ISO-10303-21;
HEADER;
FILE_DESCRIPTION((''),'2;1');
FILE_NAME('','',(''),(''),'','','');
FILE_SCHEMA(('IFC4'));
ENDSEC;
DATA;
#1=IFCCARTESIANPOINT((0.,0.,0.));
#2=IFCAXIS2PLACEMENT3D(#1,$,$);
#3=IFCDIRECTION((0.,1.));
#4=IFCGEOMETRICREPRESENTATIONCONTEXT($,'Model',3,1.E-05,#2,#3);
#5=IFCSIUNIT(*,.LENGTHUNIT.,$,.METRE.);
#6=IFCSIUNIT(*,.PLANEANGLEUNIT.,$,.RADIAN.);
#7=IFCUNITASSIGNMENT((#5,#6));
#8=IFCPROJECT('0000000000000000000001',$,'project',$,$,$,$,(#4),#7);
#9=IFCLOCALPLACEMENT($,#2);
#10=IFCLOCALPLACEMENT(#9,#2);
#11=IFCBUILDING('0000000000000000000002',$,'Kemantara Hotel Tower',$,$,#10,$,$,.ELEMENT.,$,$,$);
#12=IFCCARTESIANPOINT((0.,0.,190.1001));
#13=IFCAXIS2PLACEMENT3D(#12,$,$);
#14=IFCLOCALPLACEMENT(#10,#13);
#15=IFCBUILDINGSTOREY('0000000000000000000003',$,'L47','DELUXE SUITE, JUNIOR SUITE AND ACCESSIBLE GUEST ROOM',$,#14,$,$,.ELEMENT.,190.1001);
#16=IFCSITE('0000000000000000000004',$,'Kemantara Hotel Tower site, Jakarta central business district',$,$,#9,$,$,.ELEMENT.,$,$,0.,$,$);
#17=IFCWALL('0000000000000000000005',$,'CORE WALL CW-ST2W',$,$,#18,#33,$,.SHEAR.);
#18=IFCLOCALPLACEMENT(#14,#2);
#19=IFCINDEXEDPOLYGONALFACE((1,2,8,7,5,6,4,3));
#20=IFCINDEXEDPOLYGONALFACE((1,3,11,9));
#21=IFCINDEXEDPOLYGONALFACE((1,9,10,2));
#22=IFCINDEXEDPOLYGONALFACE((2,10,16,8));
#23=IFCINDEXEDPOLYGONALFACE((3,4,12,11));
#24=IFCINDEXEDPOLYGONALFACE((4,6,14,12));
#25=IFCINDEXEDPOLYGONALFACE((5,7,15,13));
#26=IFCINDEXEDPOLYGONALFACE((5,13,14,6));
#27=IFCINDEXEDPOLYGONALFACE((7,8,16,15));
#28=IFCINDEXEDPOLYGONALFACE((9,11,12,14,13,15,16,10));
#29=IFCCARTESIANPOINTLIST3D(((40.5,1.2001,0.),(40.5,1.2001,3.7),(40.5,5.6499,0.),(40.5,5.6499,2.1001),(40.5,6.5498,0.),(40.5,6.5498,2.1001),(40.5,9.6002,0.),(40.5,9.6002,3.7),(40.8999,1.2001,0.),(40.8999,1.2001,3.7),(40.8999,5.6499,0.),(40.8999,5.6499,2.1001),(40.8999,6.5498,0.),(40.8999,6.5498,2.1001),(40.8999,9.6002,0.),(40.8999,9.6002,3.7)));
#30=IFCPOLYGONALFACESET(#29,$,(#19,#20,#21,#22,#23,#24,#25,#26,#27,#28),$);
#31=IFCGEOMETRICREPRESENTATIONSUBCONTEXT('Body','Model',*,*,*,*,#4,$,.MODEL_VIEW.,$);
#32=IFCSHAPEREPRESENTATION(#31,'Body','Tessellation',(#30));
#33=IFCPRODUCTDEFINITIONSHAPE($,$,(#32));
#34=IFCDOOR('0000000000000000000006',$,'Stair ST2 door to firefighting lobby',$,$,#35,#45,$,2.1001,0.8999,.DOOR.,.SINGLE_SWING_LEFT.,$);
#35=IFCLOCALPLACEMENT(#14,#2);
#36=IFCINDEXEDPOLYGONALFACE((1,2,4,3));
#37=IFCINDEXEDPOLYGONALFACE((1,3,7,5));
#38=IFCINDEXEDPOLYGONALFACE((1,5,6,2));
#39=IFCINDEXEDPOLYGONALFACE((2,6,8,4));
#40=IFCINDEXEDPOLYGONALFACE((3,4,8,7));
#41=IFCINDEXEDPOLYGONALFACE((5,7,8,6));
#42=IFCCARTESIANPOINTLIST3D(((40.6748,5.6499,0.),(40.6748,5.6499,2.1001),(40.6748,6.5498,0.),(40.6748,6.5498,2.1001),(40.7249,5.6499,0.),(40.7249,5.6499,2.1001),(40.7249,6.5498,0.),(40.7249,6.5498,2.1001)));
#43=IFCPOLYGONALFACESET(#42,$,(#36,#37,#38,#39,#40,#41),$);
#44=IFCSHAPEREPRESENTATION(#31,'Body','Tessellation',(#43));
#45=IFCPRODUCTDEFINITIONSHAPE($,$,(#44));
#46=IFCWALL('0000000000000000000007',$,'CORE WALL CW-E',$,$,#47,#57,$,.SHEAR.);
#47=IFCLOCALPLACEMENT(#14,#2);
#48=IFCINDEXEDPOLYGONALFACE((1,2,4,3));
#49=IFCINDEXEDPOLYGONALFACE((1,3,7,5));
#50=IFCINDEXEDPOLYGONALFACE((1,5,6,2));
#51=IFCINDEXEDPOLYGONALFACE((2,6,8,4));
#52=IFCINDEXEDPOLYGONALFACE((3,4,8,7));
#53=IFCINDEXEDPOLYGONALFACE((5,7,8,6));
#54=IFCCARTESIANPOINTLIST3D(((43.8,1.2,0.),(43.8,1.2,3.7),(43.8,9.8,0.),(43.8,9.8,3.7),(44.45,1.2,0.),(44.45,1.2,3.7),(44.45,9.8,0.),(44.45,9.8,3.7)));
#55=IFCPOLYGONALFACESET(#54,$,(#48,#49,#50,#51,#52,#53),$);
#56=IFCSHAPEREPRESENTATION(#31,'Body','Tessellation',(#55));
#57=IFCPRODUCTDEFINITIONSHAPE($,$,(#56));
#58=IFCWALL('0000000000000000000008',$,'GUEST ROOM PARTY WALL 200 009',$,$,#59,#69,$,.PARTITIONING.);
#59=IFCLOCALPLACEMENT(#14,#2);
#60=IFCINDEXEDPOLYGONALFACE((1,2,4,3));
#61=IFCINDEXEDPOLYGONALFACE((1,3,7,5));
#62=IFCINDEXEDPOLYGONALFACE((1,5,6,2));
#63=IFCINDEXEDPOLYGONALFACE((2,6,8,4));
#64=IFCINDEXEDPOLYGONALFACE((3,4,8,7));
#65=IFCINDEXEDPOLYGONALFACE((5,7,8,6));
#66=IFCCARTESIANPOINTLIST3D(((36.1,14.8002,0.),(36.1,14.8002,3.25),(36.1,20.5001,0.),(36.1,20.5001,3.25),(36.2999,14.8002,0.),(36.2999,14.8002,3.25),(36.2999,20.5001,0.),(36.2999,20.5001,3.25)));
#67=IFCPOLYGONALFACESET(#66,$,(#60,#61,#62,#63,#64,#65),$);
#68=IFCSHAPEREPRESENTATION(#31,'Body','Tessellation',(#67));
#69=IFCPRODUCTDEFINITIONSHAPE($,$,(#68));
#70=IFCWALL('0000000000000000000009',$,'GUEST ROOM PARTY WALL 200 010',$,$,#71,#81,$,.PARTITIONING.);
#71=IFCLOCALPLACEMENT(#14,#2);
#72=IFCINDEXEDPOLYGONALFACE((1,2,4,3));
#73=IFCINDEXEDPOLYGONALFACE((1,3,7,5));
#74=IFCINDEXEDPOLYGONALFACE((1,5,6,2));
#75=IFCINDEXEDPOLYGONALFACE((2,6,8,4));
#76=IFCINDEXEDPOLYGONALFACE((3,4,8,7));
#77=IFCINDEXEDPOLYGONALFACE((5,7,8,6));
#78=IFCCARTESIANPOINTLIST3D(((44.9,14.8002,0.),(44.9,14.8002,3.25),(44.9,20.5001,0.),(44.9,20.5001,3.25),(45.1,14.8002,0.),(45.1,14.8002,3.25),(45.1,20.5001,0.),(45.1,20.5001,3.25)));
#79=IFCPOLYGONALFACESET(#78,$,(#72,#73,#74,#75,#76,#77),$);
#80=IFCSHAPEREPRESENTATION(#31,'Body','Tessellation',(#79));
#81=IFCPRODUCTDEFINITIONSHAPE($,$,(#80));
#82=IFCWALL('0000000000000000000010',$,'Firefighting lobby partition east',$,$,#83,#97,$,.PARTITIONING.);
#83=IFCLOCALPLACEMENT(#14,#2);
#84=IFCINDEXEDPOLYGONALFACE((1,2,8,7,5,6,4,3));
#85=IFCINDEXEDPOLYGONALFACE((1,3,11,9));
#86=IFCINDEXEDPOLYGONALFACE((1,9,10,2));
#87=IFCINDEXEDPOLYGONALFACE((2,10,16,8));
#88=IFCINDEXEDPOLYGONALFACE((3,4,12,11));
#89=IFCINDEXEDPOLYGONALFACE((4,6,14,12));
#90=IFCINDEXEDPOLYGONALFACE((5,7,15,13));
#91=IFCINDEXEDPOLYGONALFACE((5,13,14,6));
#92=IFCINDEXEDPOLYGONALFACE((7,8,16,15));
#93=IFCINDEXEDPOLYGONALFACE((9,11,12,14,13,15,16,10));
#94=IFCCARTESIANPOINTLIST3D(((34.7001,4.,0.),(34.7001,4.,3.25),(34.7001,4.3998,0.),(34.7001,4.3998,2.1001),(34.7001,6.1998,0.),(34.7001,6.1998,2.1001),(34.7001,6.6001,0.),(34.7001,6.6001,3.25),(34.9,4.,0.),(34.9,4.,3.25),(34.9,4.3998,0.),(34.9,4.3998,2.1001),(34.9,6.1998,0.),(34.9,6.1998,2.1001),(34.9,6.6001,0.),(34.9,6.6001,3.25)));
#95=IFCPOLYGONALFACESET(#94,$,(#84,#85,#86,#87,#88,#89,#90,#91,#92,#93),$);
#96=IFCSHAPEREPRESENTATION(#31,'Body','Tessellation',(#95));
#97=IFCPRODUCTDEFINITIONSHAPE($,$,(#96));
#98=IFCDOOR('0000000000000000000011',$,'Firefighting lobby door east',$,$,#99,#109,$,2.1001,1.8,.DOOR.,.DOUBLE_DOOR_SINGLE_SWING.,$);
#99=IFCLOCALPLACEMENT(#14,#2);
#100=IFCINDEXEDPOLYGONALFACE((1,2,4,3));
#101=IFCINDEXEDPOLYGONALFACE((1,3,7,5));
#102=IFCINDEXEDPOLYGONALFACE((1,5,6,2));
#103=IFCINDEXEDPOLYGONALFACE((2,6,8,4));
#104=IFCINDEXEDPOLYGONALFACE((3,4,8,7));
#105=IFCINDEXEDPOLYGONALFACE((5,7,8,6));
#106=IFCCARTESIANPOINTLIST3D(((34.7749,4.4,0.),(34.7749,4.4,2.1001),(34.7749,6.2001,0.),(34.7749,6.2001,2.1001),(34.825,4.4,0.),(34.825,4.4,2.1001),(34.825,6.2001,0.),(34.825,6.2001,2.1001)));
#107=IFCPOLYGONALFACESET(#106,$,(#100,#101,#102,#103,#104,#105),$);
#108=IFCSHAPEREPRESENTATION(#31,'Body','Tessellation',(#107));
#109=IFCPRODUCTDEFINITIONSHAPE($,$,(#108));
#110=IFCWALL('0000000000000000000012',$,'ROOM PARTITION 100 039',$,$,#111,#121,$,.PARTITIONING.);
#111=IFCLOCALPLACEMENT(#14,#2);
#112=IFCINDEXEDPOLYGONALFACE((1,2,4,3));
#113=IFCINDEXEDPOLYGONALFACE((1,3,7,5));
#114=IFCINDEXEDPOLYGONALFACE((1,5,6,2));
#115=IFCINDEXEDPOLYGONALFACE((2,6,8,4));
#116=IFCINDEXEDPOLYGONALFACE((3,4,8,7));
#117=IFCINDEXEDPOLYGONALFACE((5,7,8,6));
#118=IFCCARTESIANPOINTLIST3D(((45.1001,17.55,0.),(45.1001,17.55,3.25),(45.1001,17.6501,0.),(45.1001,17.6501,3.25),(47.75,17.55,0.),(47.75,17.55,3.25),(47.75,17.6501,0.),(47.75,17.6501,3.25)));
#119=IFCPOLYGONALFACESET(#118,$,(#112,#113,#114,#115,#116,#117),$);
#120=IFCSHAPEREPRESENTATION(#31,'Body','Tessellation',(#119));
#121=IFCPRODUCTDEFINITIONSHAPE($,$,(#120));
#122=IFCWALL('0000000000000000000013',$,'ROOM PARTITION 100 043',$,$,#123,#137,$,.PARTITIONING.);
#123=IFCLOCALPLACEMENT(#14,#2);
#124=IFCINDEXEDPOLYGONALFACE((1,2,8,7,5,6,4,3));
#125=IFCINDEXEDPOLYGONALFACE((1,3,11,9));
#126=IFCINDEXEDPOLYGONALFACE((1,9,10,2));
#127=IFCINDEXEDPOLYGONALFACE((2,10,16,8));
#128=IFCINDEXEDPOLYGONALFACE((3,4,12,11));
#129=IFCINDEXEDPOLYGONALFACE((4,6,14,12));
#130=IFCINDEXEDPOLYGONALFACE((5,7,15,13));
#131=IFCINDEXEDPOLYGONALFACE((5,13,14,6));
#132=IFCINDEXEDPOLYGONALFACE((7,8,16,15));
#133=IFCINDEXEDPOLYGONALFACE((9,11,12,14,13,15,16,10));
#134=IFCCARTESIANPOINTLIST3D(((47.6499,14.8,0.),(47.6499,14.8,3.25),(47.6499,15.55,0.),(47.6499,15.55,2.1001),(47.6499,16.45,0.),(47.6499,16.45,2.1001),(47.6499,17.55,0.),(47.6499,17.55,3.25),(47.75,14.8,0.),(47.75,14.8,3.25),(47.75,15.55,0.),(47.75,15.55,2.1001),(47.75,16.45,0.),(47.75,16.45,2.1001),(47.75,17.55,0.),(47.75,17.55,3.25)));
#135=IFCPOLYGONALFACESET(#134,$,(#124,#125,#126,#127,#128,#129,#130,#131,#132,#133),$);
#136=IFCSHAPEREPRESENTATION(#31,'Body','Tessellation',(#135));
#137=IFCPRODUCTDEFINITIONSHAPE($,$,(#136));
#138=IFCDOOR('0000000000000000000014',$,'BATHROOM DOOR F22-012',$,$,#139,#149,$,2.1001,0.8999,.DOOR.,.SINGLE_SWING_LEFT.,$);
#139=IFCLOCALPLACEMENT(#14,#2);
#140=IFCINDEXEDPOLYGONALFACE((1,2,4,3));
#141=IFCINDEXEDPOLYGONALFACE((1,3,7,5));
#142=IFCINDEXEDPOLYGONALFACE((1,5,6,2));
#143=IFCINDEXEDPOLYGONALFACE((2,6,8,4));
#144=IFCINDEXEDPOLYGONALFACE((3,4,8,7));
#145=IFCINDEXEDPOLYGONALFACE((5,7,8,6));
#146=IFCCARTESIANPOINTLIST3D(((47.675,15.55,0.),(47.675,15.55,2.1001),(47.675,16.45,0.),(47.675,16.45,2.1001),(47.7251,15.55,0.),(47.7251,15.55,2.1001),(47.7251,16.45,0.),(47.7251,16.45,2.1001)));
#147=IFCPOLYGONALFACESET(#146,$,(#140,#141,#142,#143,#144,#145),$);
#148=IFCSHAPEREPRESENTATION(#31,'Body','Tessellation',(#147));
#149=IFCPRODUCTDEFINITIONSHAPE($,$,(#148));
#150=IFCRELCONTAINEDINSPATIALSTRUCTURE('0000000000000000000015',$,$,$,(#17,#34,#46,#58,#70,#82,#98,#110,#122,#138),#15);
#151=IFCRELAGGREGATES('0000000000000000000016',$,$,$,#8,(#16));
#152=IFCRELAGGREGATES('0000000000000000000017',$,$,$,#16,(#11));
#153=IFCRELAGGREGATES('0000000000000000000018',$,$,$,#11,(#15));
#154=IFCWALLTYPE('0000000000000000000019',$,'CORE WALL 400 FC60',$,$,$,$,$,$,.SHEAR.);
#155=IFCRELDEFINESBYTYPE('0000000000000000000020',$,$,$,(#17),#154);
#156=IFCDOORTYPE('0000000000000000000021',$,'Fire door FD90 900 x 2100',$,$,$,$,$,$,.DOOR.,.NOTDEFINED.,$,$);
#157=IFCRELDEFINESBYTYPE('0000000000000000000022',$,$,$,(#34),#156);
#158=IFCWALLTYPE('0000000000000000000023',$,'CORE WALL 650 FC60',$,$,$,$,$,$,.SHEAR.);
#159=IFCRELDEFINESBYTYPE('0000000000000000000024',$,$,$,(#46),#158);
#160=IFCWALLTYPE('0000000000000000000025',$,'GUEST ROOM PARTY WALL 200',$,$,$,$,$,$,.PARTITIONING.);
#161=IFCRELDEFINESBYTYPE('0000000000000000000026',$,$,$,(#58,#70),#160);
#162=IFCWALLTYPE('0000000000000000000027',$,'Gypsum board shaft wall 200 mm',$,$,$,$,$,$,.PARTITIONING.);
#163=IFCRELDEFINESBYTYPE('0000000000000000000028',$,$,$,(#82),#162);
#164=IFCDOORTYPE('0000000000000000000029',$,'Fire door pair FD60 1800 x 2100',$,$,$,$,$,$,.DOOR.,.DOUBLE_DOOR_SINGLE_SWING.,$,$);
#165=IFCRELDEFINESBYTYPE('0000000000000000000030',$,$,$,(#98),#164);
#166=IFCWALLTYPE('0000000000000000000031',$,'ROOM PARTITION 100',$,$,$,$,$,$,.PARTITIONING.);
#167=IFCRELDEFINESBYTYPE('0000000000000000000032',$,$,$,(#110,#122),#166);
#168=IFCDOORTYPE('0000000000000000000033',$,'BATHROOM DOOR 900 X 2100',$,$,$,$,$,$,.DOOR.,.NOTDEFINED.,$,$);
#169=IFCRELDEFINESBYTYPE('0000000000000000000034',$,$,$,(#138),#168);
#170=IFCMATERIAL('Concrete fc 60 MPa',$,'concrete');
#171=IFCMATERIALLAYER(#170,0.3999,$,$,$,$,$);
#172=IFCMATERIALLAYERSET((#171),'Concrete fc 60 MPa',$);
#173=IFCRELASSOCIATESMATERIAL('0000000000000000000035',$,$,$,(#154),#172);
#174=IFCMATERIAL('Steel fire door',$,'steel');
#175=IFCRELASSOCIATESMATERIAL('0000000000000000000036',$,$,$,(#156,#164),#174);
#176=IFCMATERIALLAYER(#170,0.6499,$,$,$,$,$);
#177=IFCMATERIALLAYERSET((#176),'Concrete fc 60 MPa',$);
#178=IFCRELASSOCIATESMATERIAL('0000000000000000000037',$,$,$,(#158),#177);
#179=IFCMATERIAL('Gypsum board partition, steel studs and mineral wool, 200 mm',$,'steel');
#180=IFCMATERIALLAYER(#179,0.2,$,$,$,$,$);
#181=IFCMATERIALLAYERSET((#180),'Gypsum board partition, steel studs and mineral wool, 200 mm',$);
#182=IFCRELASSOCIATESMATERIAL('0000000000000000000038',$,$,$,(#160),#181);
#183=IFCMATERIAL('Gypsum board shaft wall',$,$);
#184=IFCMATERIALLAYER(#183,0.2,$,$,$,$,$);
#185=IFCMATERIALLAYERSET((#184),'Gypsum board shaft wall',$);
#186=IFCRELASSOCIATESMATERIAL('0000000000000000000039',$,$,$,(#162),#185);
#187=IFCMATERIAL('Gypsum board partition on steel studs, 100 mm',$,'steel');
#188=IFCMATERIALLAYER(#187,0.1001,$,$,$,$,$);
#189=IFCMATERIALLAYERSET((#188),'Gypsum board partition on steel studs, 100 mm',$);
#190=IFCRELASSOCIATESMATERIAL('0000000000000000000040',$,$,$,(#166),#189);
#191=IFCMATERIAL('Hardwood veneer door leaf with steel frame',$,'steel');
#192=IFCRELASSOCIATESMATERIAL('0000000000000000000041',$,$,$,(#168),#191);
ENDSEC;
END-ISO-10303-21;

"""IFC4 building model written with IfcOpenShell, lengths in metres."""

from ifc_helpers import new_model, si_unit, direction, frame, frame_2d, origin, place, context, subcontext, project, spatial, rectangle, extrude, material, layer, layer_set, type_object, element, fill, save


model = new_model("IFC4")

# Units and contexts
model_context = context("Model", 3, precision=1e-05, world=origin(), true_north=direction((0.0, 1.0)))
body_context = subcontext(model_context, "Body", "Model", "MODEL_VIEW")
ifc_project = project(units=[si_unit("LENGTHUNIT", "METRE"), si_unit("PLANEANGLEUNIT", "RADIAN")], contexts=[model_context])

# Site, building, storey
site_placement = place(None, origin())
site = spatial("IfcSite", under=ifc_project, at=site_placement, Name="Kemantara Hotel Tower site, Jakarta central business district", CompositionType="ELEMENT", RefElevation=0.0)
building_placement = place(site_placement, origin())
building = spatial("IfcBuilding", under=site, at=building_placement, Name="Kemantara Hotel Tower", CompositionType="ELEMENT")
storey_placement = place(building_placement, frame((0.0, 0.0, 190.1001)))
storey = spatial("IfcBuildingStorey", under=building, at=storey_placement, Name="L47", Description="DELUXE SUITE, JUNIOR SUITE AND ACCESSIBLE GUEST ROOM", CompositionType="ELEMENT", Elevation=190.1001)

# Shared definitions
ifc_material_1 = material(Name="Concrete fc 60 MPa", Category="concrete")

# Wall, opening, door
ifc_layer_1 = layer(ifc_material_1, 0.3999)
ifc_layer_set_1 = layer_set([ifc_layer_1], Name="Concrete fc 60 MPa")
wall_type_1 = type_object("IfcWallType", Name="CORE WALL 400 FC60", PredefinedType="SHEAR", material=ifc_layer_set_1)
ifc_material_2 = material(Name="Steel fire door", Category="steel")
wall_1_placement = place(storey_placement, frame((40.7, 1.2, 0.0), z_axis=(0.0, 0.0, 1.0), x_axis=(0.0, 1.0, 0.0)))
wall_1 = element("IfcWall", 1, at=wall_1_placement, inside=storey, type_object=wall_type_1, Name="CORE WALL CW-ST2W", PredefinedType="SHEAR", context=body_context, shape_type="SweptSolid", body=[
    extrude(rectangle(XDim=8.4001, YDim=0.3999, at=frame_2d((4.2002, 0.0))), origin(), (0.0, 0.0, 1.0), 3.7),
])
opening_1_placement = place(wall_1_placement, frame((4.45, 0.0, 0.0)))
opening_1 = element("IfcOpeningElement", 2, at=opening_1_placement, cuts=wall_1, PredefinedType="OPENING", context=body_context, shape_type="SweptSolid", body=[
    extrude(rectangle(XDim=0.8999, YDim=2.1001, at=frame_2d((0.45, 1.05))), frame((0.0, 0.21, 0.0), z_axis=(0.0, -1.0, 0.0), x_axis=(1.0, 0.0, 0.0)), (0.0, 0.0, 1.0), 0.4199),
])
door_type_1 = type_object("IfcDoorType", Name="Fire door FD90 900 x 2100", OperationType="NOTDEFINED", PredefinedType="DOOR", material=ifc_material_2)
door_1_placement = place(opening_1_placement, frame((0.8999, 0.0, 0.0), z_axis=(0.0, 0.0, 1.0), x_axis=(-1.0, 0.0, 0.0)))
door_1 = element("IfcDoor", 3, at=door_1_placement, inside=storey, type_object=door_type_1, Name="Stair ST2 door to firefighting lobby", OperationType="SINGLE_SWING_LEFT", OverallHeight=2.1001, OverallWidth=0.8999, PredefinedType="DOOR", context=body_context, shape_type="SweptSolid", body=[
    extrude(rectangle(XDim=0.8999, YDim=2.1001, at=frame_2d((0.45, 1.05))), frame((0.0, 0.0249, 0.0), z_axis=(0.0, -1.0, 0.0), x_axis=(1.0, 0.0, 0.0)), (0.0, 0.0, 1.0), 0.05),
])
fill(opening_1, door_1)

# Walls
ifc_layer_2 = layer(ifc_material_1, 0.6499)
ifc_layer_set_2 = layer_set([ifc_layer_2], Name="Concrete fc 60 MPa")
wall_type_2 = type_object("IfcWallType", Name="CORE WALL 650 FC60", PredefinedType="SHEAR", material=ifc_layer_set_2)
wall_2_placement = place(storey_placement, frame((44.125, 1.2, 0.0), z_axis=(0.0, 0.0, 1.0), x_axis=(0.0, 1.0, 0.0)))
element("IfcWall", 4, at=wall_2_placement, inside=storey, type_object=wall_type_2, Name="CORE WALL CW-E", PredefinedType="SHEAR", context=body_context, shape_type="SweptSolid", body=[
    extrude(rectangle(XDim=8.6001, YDim=0.6499, at=frame_2d((4.3, 0.0))), origin(), (0.0, 0.0, 1.0), 3.7),
])
ifc_material_3 = material(Name="Gypsum board partition, steel studs and mineral wool, 200 mm", Category="steel")
ifc_layer_3 = layer(ifc_material_3, 0.2)
ifc_layer_set_3 = layer_set([ifc_layer_3], Name="Gypsum board partition, steel studs and mineral wool, 200 mm")
wall_type_3 = type_object("IfcWallType", Name="GUEST ROOM PARTY WALL 200", PredefinedType="PARTITIONING", material=ifc_layer_set_3)
for number, where, z_axis, x_axis, name in (
    (5, (36.2, 14.8, 0.0), (0.0, 0.0, 1.0), (0.0, 1.0, 0.0), "GUEST ROOM PARTY WALL 200 009"),
    (6, (45.0, 14.8, 0.0), (0.0, 0.0, 1.0), (0.0, 1.0, 0.0), "GUEST ROOM PARTY WALL 200 010"),
):
    element("IfcWall", number, at=place(storey_placement, frame(where, z_axis=z_axis, x_axis=x_axis)), inside=storey, type_object=wall_type_3, Name=name, PredefinedType="PARTITIONING", context=body_context, shape_type="SweptSolid", body=[
        extrude(rectangle(XDim=5.7, YDim=0.2, at=frame_2d((2.8501, 0.0))), origin(), (0.0, 0.0, 1.0), 3.25),
    ])

# Wall, opening, door
ifc_material_4 = material(Name="Gypsum board shaft wall")
ifc_layer_4 = layer(ifc_material_4, 0.2)
ifc_layer_set_4 = layer_set([ifc_layer_4], Name="Gypsum board shaft wall")
wall_type_4 = type_object("IfcWallType", Name="Gypsum board shaft wall 200 mm", PredefinedType="PARTITIONING", material=ifc_layer_set_4)
wall_3_placement = place(storey_placement, frame((34.8, 4.0, 0.0), z_axis=(0.0, 0.0, 1.0), x_axis=(0.0, 1.0, 0.0)))
wall_3 = element("IfcWall", 7, at=wall_3_placement, inside=storey, type_object=wall_type_4, Name="Firefighting lobby partition east", PredefinedType="PARTITIONING", context=body_context, shape_type="SweptSolid", body=[
    extrude(rectangle(XDim=2.6001, YDim=0.2, at=frame_2d((1.3, 0.0))), origin(), (0.0, 0.0, 1.0), 3.25),
])
opening_2_placement = place(wall_3_placement, frame((0.3999, 0.0, 0.0)))
opening_2 = element("IfcOpeningElement", 8, at=opening_2_placement, cuts=wall_3, PredefinedType="OPENING", context=body_context, shape_type="SweptSolid", body=[
    extrude(rectangle(XDim=1.8, YDim=2.1001, at=frame_2d((0.8999, 1.05))), frame((0.0, 0.1099, 0.0), z_axis=(0.0, -1.0, 0.0), x_axis=(1.0, 0.0, 0.0)), (0.0, 0.0, 1.0), 0.22),
])
door_type_2 = type_object("IfcDoorType", Name="Fire door pair FD60 1800 x 2100", OperationType="DOUBLE_DOOR_SINGLE_SWING", PredefinedType="DOOR", material=ifc_material_2)
door_2_placement = place(opening_2_placement, frame((1.8, 0.0, 0.0), z_axis=(0.0, 0.0, 1.0), x_axis=(-1.0, 0.0, 0.0)))
door_2 = element("IfcDoor", 9, at=door_2_placement, inside=storey, type_object=door_type_2, Name="Firefighting lobby door east", OperationType="DOUBLE_DOOR_SINGLE_SWING", OverallHeight=2.1001, OverallWidth=1.8, PredefinedType="DOOR", context=body_context, shape_type="SweptSolid", body=[
    extrude(rectangle(XDim=1.8, YDim=2.1001, at=frame_2d((0.8999, 1.05))), frame((0.0, 0.0249, 0.0), z_axis=(0.0, -1.0, 0.0), x_axis=(1.0, 0.0, 0.0)), (0.0, 0.0, 1.0), 0.05),
])
fill(opening_2, door_2)

# Wall
ifc_material_5 = material(Name="Gypsum board partition on steel studs, 100 mm", Category="steel")
ifc_layer_5 = layer(ifc_material_5, 0.1001)
ifc_layer_set_5 = layer_set([ifc_layer_5], Name="Gypsum board partition on steel studs, 100 mm")
wall_type_5 = type_object("IfcWallType", Name="ROOM PARTITION 100", PredefinedType="PARTITIONING", material=ifc_layer_set_5)
wall_4_placement = place(storey_placement, frame((45.1001, 17.6001, 0.0), z_axis=(0.0, 0.0, 1.0), x_axis=(1.0, 0.0, 0.0)))
element("IfcWall", 10, at=wall_4_placement, inside=storey, type_object=wall_type_5, Name="ROOM PARTITION 100 039", PredefinedType="PARTITIONING", context=body_context, shape_type="SweptSolid", body=[
    extrude(rectangle(XDim=2.6499, YDim=0.1001, at=frame_2d((1.325, 0.0))), origin(), (0.0, 0.0, 1.0), 3.25),
])

# Wall, opening, door
wall_5_placement = place(storey_placement, frame((47.7, 14.8, 0.0), z_axis=(0.0, 0.0, 1.0), x_axis=(0.0, 1.0, 0.0)))
wall_5 = element("IfcWall", 11, at=wall_5_placement, inside=storey, type_object=wall_type_5, Name="ROOM PARTITION 100 043", PredefinedType="PARTITIONING", context=body_context, shape_type="SweptSolid", body=[
    extrude(rectangle(XDim=2.75, YDim=0.1001, at=frame_2d((1.375, 0.0))), origin(), (0.0, 0.0, 1.0), 3.25),
])
opening_3_placement = place(wall_5_placement, frame((0.75, 0.0, 0.0)))
opening_3 = element("IfcOpeningElement", 12, at=opening_3_placement, cuts=wall_5, PredefinedType="OPENING", context=body_context, shape_type="SweptSolid", body=[
    extrude(rectangle(XDim=0.8999, YDim=2.1001, at=frame_2d((0.45, 1.05))), frame((0.0, 0.0601, 0.0), z_axis=(0.0, -1.0, 0.0), x_axis=(1.0, 0.0, 0.0)), (0.0, 0.0, 1.0), 0.1201),
])
ifc_material_6 = material(Name="Hardwood veneer door leaf with steel frame", Category="steel")
door_type_3 = type_object("IfcDoorType", Name="BATHROOM DOOR 900 X 2100", OperationType="NOTDEFINED", PredefinedType="DOOR", material=ifc_material_6)
door_3_placement = place(opening_3_placement, origin())
door_3 = element("IfcDoor", 13, at=door_3_placement, inside=storey, type_object=door_type_3, Name="BATHROOM DOOR F22-012", OperationType="SINGLE_SWING_LEFT", OverallHeight=2.1001, OverallWidth=0.8999, PredefinedType="DOOR", context=body_context, shape_type="SweptSolid", body=[
    extrude(rectangle(XDim=0.8999, YDim=2.1001, at=frame_2d((0.45, 1.05))), frame((0.0, 0.0249, 0.0), z_axis=(0.0, -1.0, 0.0), x_axis=(1.0, 0.0, 0.0)), (0.0, 0.0, 1.0), 0.05),
])
fill(opening_3, door_3)

save(model, "model.ifc")
